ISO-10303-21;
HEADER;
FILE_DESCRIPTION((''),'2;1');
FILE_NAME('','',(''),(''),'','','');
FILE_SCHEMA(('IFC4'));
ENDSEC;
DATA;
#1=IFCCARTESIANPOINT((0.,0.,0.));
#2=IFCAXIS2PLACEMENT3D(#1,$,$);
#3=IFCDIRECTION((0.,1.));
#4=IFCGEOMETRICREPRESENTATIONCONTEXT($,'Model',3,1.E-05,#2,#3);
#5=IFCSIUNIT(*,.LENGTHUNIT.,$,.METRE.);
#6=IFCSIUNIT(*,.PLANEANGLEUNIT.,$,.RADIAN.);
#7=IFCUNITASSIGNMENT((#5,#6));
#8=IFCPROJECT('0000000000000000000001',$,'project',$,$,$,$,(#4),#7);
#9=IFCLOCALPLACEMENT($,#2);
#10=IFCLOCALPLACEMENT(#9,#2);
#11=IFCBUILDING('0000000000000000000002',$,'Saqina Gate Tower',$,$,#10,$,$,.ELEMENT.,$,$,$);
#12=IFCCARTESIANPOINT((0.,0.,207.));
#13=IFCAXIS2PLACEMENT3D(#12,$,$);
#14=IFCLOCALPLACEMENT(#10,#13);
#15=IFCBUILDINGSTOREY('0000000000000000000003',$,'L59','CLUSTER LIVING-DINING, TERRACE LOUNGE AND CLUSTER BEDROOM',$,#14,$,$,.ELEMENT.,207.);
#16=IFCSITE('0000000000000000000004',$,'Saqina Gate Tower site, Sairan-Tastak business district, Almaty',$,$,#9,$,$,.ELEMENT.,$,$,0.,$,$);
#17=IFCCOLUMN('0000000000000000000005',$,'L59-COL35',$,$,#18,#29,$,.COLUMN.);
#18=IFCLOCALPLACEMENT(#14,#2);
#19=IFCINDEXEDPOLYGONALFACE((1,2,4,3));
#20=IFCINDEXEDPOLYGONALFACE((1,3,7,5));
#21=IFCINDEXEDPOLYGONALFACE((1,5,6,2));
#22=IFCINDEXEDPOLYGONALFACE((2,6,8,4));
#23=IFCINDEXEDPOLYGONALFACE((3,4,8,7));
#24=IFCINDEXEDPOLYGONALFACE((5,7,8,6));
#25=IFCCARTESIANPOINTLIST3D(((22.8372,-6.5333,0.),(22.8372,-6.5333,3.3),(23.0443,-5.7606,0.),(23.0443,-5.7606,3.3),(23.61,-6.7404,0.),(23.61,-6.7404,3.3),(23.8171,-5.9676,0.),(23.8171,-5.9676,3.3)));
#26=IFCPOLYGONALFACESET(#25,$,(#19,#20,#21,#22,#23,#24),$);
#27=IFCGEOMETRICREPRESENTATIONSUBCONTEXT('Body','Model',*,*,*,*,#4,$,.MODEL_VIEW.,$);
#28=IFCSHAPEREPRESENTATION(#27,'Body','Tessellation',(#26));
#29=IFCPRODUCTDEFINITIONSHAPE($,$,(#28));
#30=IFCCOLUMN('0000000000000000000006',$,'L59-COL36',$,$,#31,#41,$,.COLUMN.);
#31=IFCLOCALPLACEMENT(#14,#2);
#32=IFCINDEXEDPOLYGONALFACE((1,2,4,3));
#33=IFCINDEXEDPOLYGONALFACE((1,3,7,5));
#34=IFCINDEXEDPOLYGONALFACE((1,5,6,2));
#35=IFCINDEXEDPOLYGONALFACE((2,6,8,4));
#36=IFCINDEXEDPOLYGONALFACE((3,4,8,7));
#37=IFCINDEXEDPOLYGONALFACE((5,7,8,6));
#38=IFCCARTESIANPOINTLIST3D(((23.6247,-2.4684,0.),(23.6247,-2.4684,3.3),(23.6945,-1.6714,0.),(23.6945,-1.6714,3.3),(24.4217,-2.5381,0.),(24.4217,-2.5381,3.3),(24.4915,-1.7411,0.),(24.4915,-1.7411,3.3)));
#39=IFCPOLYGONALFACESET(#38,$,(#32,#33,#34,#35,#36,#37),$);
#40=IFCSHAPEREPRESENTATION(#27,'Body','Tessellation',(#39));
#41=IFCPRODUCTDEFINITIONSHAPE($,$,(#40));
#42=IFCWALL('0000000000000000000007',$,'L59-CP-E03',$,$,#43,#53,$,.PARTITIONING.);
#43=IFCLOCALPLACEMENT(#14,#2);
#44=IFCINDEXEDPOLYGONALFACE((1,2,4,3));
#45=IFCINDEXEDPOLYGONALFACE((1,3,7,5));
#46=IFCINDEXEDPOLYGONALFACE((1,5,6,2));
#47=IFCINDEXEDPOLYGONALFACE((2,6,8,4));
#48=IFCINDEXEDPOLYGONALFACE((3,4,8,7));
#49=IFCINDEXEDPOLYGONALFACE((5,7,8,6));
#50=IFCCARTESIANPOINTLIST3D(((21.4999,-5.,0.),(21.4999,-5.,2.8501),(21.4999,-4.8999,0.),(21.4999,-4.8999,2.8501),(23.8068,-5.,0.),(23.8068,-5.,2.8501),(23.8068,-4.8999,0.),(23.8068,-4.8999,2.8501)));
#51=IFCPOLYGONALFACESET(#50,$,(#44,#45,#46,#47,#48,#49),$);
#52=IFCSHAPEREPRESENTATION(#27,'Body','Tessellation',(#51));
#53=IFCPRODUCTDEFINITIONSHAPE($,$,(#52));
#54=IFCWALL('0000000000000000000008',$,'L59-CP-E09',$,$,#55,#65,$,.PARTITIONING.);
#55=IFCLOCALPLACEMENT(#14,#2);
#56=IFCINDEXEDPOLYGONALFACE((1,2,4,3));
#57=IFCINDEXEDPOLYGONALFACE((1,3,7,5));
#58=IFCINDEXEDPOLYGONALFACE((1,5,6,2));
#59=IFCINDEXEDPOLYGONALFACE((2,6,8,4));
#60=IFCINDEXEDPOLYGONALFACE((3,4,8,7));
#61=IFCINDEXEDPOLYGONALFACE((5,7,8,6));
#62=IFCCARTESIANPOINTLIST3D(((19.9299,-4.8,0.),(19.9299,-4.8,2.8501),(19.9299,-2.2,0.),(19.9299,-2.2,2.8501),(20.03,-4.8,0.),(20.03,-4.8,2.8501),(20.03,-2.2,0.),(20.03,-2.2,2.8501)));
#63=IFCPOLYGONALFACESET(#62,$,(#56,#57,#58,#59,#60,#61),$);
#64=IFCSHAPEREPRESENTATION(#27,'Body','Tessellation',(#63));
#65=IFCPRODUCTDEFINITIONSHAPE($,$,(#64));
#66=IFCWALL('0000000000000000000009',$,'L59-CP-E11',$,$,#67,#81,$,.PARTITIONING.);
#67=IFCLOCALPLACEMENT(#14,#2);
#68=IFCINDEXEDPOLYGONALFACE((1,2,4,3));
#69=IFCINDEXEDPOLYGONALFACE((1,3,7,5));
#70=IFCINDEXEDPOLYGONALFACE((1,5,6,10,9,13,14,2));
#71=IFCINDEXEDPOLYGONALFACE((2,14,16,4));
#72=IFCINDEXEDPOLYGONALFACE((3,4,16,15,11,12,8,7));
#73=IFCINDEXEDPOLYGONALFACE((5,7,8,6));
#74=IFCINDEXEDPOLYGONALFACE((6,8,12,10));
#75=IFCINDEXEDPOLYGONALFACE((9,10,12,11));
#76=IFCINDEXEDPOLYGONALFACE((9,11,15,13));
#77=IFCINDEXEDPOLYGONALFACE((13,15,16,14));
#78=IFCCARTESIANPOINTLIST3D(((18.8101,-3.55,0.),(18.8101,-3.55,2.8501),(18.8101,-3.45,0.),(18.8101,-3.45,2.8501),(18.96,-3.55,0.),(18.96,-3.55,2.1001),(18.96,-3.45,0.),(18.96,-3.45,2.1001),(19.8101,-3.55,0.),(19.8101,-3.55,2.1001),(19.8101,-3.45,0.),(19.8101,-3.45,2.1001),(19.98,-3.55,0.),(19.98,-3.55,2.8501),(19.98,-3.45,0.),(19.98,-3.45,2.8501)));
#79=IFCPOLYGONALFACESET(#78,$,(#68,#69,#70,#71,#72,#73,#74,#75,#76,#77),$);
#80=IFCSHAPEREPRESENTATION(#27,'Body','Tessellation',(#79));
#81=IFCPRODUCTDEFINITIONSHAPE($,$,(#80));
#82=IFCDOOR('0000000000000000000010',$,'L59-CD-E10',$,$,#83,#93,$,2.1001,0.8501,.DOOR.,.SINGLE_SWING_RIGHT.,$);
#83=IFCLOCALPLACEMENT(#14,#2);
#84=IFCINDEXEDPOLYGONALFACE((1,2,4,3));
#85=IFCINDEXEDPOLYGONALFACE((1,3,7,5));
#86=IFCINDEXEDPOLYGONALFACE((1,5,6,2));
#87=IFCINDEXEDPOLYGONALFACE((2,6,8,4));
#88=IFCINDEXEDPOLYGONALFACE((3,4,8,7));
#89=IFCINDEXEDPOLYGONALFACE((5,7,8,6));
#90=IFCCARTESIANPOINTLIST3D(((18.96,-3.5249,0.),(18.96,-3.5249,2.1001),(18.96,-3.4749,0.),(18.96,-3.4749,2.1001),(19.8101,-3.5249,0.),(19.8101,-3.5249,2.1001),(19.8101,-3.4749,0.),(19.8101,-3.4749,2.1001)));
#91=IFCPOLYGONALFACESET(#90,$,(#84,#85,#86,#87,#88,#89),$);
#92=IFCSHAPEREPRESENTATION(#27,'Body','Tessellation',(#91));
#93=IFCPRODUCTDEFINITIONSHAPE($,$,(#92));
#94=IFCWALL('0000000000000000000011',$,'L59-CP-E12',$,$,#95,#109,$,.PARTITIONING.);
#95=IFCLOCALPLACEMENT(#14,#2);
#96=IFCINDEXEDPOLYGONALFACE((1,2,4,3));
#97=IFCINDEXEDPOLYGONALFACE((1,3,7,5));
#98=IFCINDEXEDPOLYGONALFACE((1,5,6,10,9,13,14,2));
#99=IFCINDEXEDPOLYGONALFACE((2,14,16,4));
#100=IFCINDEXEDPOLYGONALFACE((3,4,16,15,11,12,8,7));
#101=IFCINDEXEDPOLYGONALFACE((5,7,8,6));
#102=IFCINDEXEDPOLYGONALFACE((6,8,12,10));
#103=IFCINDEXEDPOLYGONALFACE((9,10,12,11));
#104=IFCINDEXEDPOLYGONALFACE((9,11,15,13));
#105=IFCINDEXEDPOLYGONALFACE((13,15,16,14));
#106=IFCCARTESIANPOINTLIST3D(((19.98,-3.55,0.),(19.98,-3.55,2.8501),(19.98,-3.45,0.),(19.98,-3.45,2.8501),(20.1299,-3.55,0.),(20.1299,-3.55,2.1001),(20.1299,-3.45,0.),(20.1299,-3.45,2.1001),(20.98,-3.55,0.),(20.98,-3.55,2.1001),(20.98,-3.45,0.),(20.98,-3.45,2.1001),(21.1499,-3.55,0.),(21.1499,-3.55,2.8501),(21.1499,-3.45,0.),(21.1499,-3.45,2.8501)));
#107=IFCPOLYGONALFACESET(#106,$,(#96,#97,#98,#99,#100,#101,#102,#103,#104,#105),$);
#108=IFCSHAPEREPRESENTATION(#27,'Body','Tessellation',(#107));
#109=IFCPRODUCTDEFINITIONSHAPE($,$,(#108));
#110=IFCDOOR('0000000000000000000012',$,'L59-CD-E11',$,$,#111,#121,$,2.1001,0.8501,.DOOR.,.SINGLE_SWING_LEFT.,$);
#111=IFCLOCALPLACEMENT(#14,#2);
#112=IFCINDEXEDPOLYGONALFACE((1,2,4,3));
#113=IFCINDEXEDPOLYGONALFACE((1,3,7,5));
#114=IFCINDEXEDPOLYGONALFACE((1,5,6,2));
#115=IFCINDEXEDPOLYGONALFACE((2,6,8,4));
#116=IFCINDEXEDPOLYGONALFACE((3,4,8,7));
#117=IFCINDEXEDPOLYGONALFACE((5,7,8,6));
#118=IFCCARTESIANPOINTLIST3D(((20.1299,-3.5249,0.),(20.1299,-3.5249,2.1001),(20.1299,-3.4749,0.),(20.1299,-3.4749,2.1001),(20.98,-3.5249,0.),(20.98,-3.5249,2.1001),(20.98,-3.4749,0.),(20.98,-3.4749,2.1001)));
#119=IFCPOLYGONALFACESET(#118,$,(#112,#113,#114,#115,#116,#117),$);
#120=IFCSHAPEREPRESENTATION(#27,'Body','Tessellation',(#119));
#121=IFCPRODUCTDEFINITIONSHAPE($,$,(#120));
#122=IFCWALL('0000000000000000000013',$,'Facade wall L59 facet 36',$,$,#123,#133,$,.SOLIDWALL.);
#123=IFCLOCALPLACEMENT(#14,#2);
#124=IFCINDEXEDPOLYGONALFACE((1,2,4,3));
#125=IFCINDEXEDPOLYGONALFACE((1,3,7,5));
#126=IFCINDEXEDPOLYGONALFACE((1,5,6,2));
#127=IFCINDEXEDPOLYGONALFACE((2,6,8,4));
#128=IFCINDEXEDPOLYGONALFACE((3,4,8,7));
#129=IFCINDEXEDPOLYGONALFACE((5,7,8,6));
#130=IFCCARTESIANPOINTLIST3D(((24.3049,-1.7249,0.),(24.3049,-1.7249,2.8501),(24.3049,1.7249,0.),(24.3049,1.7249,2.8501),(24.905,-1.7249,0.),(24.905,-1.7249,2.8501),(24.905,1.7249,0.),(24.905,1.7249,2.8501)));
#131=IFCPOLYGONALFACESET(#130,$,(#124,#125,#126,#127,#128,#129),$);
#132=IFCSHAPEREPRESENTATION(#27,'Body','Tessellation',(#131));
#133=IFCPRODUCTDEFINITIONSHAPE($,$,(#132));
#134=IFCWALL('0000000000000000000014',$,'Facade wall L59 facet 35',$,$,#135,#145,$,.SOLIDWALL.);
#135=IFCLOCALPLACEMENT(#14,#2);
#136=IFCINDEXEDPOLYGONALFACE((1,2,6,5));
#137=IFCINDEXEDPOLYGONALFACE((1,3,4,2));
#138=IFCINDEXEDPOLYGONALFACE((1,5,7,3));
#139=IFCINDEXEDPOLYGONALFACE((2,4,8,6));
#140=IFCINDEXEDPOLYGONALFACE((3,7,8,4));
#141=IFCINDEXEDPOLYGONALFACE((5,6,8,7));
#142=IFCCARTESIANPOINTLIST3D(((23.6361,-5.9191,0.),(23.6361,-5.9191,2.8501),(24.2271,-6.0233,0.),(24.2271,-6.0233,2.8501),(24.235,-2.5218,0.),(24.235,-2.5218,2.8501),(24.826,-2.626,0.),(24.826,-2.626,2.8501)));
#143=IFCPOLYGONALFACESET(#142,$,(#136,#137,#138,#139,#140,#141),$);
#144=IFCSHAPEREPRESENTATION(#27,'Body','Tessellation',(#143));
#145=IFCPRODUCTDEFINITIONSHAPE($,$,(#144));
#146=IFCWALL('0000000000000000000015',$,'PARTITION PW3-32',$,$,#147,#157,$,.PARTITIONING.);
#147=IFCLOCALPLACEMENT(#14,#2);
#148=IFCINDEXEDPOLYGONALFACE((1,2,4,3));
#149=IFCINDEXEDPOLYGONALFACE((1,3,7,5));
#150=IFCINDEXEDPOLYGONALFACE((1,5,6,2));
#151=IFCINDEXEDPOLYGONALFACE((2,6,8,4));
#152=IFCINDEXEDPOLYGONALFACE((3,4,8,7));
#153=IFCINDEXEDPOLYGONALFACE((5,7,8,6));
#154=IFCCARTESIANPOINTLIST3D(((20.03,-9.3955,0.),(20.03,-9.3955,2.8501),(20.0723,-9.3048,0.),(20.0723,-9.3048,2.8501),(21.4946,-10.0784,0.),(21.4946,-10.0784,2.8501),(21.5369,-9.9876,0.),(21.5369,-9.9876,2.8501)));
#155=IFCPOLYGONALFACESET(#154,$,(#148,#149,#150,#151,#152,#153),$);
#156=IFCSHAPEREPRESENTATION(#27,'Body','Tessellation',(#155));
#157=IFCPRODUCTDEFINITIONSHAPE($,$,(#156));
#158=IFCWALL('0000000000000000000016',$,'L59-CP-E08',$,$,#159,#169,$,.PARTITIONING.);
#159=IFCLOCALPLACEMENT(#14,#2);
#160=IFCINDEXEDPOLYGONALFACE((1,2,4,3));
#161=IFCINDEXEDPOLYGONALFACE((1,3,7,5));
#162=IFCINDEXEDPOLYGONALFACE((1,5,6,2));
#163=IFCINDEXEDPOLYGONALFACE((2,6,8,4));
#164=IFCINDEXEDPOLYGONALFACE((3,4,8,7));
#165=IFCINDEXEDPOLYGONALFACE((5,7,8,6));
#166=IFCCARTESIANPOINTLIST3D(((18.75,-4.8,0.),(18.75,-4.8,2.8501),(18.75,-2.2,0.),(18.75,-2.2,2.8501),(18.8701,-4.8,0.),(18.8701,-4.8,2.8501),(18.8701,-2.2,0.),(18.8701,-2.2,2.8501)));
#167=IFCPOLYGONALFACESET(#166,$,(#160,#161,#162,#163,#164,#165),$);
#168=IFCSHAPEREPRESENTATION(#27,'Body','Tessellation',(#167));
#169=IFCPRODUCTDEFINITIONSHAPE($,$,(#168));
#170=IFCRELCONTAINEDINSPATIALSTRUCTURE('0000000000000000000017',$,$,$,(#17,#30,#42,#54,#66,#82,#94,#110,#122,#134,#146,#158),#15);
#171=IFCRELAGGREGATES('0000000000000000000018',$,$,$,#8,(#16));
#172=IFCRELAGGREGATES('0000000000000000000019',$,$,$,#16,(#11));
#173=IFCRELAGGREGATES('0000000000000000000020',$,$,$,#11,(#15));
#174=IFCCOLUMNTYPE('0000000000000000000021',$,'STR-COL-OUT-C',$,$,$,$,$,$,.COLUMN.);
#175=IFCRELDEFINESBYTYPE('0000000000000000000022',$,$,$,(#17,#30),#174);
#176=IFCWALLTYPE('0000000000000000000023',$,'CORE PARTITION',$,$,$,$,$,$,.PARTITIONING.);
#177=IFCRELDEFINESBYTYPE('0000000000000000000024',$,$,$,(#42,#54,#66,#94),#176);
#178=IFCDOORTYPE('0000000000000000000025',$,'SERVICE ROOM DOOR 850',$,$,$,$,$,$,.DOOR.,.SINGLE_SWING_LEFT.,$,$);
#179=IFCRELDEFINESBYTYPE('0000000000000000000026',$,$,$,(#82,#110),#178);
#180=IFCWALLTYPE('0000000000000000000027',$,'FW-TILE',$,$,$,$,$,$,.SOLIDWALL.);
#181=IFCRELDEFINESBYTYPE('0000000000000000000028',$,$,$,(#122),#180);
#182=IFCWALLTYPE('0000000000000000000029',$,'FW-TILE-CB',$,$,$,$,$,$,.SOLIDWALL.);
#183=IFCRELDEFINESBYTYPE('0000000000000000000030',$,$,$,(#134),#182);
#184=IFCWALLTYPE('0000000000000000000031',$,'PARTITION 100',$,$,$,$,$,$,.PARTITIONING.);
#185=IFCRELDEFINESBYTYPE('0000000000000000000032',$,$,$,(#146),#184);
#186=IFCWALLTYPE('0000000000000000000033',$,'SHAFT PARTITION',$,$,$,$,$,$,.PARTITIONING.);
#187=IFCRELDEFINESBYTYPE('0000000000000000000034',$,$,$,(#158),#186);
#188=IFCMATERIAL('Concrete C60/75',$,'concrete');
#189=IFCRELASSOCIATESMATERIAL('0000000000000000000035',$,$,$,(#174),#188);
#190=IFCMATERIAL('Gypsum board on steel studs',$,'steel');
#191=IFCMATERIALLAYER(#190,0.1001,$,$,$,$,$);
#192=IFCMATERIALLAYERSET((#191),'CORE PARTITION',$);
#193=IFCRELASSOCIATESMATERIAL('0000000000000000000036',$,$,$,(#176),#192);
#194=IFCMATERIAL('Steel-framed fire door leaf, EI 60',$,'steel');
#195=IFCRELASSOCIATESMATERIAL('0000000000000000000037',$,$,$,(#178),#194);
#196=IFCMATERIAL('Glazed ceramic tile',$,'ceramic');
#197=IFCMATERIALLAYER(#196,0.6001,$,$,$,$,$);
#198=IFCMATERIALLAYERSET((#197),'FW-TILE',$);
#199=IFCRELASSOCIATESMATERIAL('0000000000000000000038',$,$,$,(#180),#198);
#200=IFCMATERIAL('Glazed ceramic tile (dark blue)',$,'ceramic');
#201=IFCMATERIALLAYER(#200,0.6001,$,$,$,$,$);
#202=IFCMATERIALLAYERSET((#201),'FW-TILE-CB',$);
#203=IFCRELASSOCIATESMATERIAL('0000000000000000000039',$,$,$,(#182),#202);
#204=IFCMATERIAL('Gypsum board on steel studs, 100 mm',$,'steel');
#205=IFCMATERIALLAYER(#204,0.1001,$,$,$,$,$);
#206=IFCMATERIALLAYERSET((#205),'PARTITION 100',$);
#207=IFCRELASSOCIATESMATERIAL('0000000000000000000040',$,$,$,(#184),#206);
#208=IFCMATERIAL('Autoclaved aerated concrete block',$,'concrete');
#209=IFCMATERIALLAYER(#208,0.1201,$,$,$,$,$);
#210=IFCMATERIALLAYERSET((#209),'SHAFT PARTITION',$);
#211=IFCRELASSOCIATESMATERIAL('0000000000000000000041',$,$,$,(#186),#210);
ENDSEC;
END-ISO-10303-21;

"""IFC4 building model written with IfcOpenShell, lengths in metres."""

from ifc_helpers import new_model, si_unit, direction, frame, frame_2d, origin, origin_2d, place, context, subcontext, project, spatial, rectangle, extrude, material, layer, layer_set, material_profile, profile_set, type_object, element, fill, save


model = new_model("IFC4")

# Units and contexts
model_context = context("Model", 3, precision=1e-05, world=origin(), true_north=direction((0.0, 1.0)))
body_context = subcontext(model_context, "Body", "Model", "MODEL_VIEW")
ifc_project = project(units=[si_unit("LENGTHUNIT", "METRE"), si_unit("PLANEANGLEUNIT", "RADIAN")], contexts=[model_context])

# Site, building, storey
site_placement = place(None, origin())
site = spatial("IfcSite", under=ifc_project, at=site_placement, Name="Saqina Gate Tower site, Sairan-Tastak business district, Almaty", CompositionType="ELEMENT", RefElevation=0.0)
building_placement = place(site_placement, origin())
building = spatial("IfcBuilding", under=site, at=building_placement, Name="Saqina Gate Tower", CompositionType="ELEMENT")
storey_placement = place(building_placement, frame((0.0, 0.0, 207.0)))
storey = spatial("IfcBuildingStorey", under=building, at=storey_placement, Name="L59", Description="CLUSTER LIVING-DINING, TERRACE LOUNGE AND CLUSTER BEDROOM", CompositionType="ELEMENT", Elevation=207.0)

# Columns
ifc_material_1 = material(Name="Concrete C60/75", Category="concrete")
ifc_material_profile = material_profile(ifc_material_1, rectangle(XDim=0.8, YDim=0.8, at=origin_2d()), Name="RC 800x800")
ifc_profile_set = profile_set([ifc_material_profile], Name="Concrete C60/75")
column_type = type_object("IfcColumnType", Name="STR-COL-OUT-C", PredefinedType="COLUMN", material=ifc_profile_set)
for number, where, z_axis, x_axis, name in (
    (1, (23.3271, -6.2505, 0.0), (0.0, 0.0, 1.0), (0.965926, -0.258819, 0.0), "L59-COL35"),
    (2, (24.0581, -2.1047, 0.0), (0.0, 0.0, 1.0), (0.996195, -0.087156, 0.0), "L59-COL36"),
):
    element("IfcColumn", number, at=place(storey_placement, frame(where, z_axis=z_axis, x_axis=x_axis)), inside=storey, type_object=column_type, Name=name, PredefinedType="COLUMN", context=body_context, shape_type="SweptSolid", body=[
        extrude(rectangle(XDim=0.8, YDim=0.8, at=origin_2d()), origin(), (0.0, 0.0, 1.0), 3.3),
    ])

# Walls
ifc_material_2 = material(Name="Gypsum board on steel studs", Category="steel")
ifc_layer_1 = layer(ifc_material_2, 0.1001)
ifc_layer_set_1 = layer_set([ifc_layer_1], Name="CORE PARTITION")
wall_type_1 = type_object("IfcWallType", Name="CORE PARTITION", PredefinedType="PARTITIONING", material=ifc_layer_set_1)
wall_1_placement = place(storey_placement, frame((21.5, -4.95, 0.0), z_axis=(0.0, 0.0, 1.0), x_axis=(1.0, 0.0, 0.0)))
element("IfcWall", 3, at=wall_1_placement, inside=storey, type_object=wall_type_1, Name="L59-CP-E03", PredefinedType="PARTITIONING", context=body_context, shape_type="SweptSolid", body=[
    extrude(rectangle(XDim=2.3069, YDim=0.1001, at=frame_2d((1.1533, 0.0))), origin(), (0.0, 0.0, 1.0), 2.8501),
])
wall_2_placement = place(storey_placement, frame((19.98, -4.8, 0.0), z_axis=(0.0, 0.0, 1.0), x_axis=(0.0, 1.0, 0.0)))
element("IfcWall", 4, at=wall_2_placement, inside=storey, type_object=wall_type_1, Name="L59-CP-E09", PredefinedType="PARTITIONING", context=body_context, shape_type="SweptSolid", body=[
    extrude(rectangle(XDim=2.6001, YDim=0.1001, at=frame_2d((1.3, 0.0))), origin(), (0.0, 0.0, 1.0), 2.8501),
])

# Walls, openings, doors
wall_3_placement = place(storey_placement, frame((18.8101, -3.5, 0.0), z_axis=(0.0, 0.0, 1.0), x_axis=(1.0, 0.0, 0.0)))
wall_3 = element("IfcWall", 5, at=wall_3_placement, inside=storey, type_object=wall_type_1, Name="L59-CP-E11", PredefinedType="PARTITIONING", context=body_context, shape_type="SweptSolid", body=[
    extrude(rectangle(XDim=1.1699, YDim=0.1001, at=frame_2d((0.585, 0.0))), origin(), (0.0, 0.0, 1.0), 2.8501),
])
opening_1_placement = place(wall_3_placement, frame((0.1499, 0.0, 0.0)))
opening_1 = element("IfcOpeningElement", 6, at=opening_1_placement, cuts=wall_3, PredefinedType="OPENING", context=body_context, shape_type="SweptSolid", body=[
    extrude(rectangle(XDim=0.8501, YDim=2.1001, at=frame_2d((0.425, 1.05))), frame((0.0, 0.062, 0.0), z_axis=(0.0, -1.0, 0.0), x_axis=(1.0, 0.0, 0.0)), (0.0, 0.0, 1.0), 0.124),
])
ifc_material_3 = material(Name="Steel-framed fire door leaf, EI 60", Category="steel")
door_type_1 = type_object("IfcDoorType", Name="SERVICE ROOM DOOR 850", OperationType="SINGLE_SWING_LEFT", PredefinedType="DOOR", material=ifc_material_3)
door_1_placement = place(opening_1_placement, frame((0.8501, 0.0, 0.0), z_axis=(0.0, 0.0, 1.0), x_axis=(-1.0, 0.0, 0.0)))
door_1 = element("IfcDoor", 7, at=door_1_placement, inside=storey, type_object=door_type_1, Name="L59-CD-E10", OperationType="SINGLE_SWING_RIGHT", OverallHeight=2.1001, OverallWidth=0.8501, PredefinedType="DOOR", context=body_context, shape_type="SweptSolid", body=[
    extrude(rectangle(XDim=0.8501, YDim=2.1001, at=frame_2d((0.425, 1.05))), frame((0.0, 0.0249, 0.0), z_axis=(0.0, -1.0, 0.0), x_axis=(1.0, 0.0, 0.0)), (0.0, 0.0, 1.0), 0.05),
])
fill(opening_1, door_1)
wall_4_placement = place(storey_placement, frame((19.98, -3.5, 0.0), z_axis=(0.0, 0.0, 1.0), x_axis=(1.0, 0.0, 0.0)))
wall_4 = element("IfcWall", 8, at=wall_4_placement, inside=storey, type_object=wall_type_1, Name="L59-CP-E12", PredefinedType="PARTITIONING", context=body_context, shape_type="SweptSolid", body=[
    extrude(rectangle(XDim=1.1699, YDim=0.1001, at=frame_2d((0.585, 0.0))), origin(), (0.0, 0.0, 1.0), 2.8501),
])
opening_2_placement = place(wall_4_placement, frame((0.1499, 0.0, 0.0)))
opening_2 = element("IfcOpeningElement", 9, at=opening_2_placement, cuts=wall_4, PredefinedType="OPENING", context=body_context, shape_type="SweptSolid", body=[
    extrude(rectangle(XDim=0.8501, YDim=2.1001, at=frame_2d((0.425, 1.05))), frame((0.0, 0.062, 0.0), z_axis=(0.0, -1.0, 0.0), x_axis=(1.0, 0.0, 0.0)), (0.0, 0.0, 1.0), 0.124),
])
door_2_placement = place(opening_2_placement, frame((0.8501, 0.0, 0.0), z_axis=(0.0, 0.0, 1.0), x_axis=(-1.0, 0.0, 0.0)))
door_2 = element("IfcDoor", 10, at=door_2_placement, inside=storey, type_object=door_type_1, Name="L59-CD-E11", OperationType="SINGLE_SWING_LEFT", OverallHeight=2.1001, OverallWidth=0.8501, PredefinedType="DOOR", context=body_context, shape_type="SweptSolid", body=[
    extrude(rectangle(XDim=0.8501, YDim=2.1001, at=frame_2d((0.425, 1.05))), frame((0.0, 0.0249, 0.0), z_axis=(0.0, -1.0, 0.0), x_axis=(1.0, 0.0, 0.0)), (0.0, 0.0, 1.0), 0.05),
])
fill(opening_2, door_2)

# Walls
ifc_material_4 = material(Name="Glazed ceramic tile", Category="ceramic")
ifc_layer_2 = layer(ifc_material_4, 0.6001)
ifc_layer_set_2 = layer_set([ifc_layer_2], Name="FW-TILE")
wall_type_2 = type_object("IfcWallType", Name="FW-TILE", PredefinedType="SOLIDWALL", material=ifc_layer_set_2)
wall_5_placement = place(storey_placement, frame((24.605, -1.7249, 0.0), z_axis=(0.0, 0.0, 1.0), x_axis=(0.0, 1.0, 0.0)))
element("IfcWall", 11, at=wall_5_placement, inside=storey, type_object=wall_type_2, Name="Facade wall L59 facet 36", PredefinedType="SOLIDWALL", context=body_context, shape_type="SweptSolid", body=[
    extrude(rectangle(XDim=3.4497, YDim=0.6001, at=frame_2d((1.7249, 0.0))), origin(), (0.0, 0.0, 1.0), 2.8501),
])
ifc_material_5 = material(Name="Glazed ceramic tile (dark blue)", Category="ceramic")
ifc_layer_3 = layer(ifc_material_5, 0.6001)
ifc_layer_set_3 = layer_set([ifc_layer_3], Name="FW-TILE-CB")
wall_type_3 = type_object("IfcWallType", Name="FW-TILE-CB", PredefinedType="SOLIDWALL", material=ifc_layer_set_3)
wall_6_placement = place(storey_placement, frame((23.9316, -5.9712, 0.0), z_axis=(0.0, 0.0, 1.0), x_axis=(0.173608, 0.984815, 0.0)))
element("IfcWall", 12, at=wall_6_placement, inside=storey, type_object=wall_type_3, Name="Facade wall L59 facet 35", PredefinedType="SOLIDWALL", context=body_context, shape_type="SweptSolid", body=[
    extrude(rectangle(XDim=3.4497, YDim=0.6001, at=frame_2d((1.7249, 0.0))), origin(), (0.0, 0.0, 1.0), 2.8501),
])
ifc_material_6 = material(Name="Gypsum board on steel studs, 100 mm", Category="steel")
ifc_layer_4 = layer(ifc_material_6, 0.1001)
ifc_layer_set_4 = layer_set([ifc_layer_4], Name="PARTITION 100")
wall_type_4 = type_object("IfcWallType", Name="PARTITION 100", PredefinedType="PARTITIONING", material=ifc_layer_set_4)
wall_7_placement = place(storey_placement, frame((20.051, -9.3501, 0.0), z_axis=(0.0, 0.0, 1.0), x_axis=(0.90633, -0.422571, 0.0)))
element("IfcWall", 13, at=wall_7_placement, inside=storey, type_object=wall_type_4, Name="PARTITION PW3-32", PredefinedType="PARTITIONING", context=body_context, shape_type="SweptSolid", body=[
    extrude(rectangle(XDim=1.616, YDim=0.1001, at=frame_2d((0.8081, 0.0))), origin(), (0.0, 0.0, 1.0), 2.8501),
])
ifc_material_7 = material(Name="Autoclaved aerated concrete block", Category="concrete")
ifc_layer_5 = layer(ifc_material_7, 0.1201)
ifc_layer_set_5 = layer_set([ifc_layer_5], Name="SHAFT PARTITION")
wall_type_5 = type_object("IfcWallType", Name="SHAFT PARTITION", PredefinedType="PARTITIONING", material=ifc_layer_set_5)
wall_8_placement = place(storey_placement, frame((18.8101, -4.8, 0.0), z_axis=(0.0, 0.0, 1.0), x_axis=(0.0, 1.0, 0.0)))
element("IfcWall", 14, at=wall_8_placement, inside=storey, type_object=wall_type_5, Name="L59-CP-E08", PredefinedType="PARTITIONING", context=body_context, shape_type="SweptSolid", body=[
    extrude(rectangle(XDim=2.6001, YDim=0.1201, at=frame_2d((1.3, 0.0))), origin(), (0.0, 0.0, 1.0), 2.8501),
])

save(model, "model.ifc")
